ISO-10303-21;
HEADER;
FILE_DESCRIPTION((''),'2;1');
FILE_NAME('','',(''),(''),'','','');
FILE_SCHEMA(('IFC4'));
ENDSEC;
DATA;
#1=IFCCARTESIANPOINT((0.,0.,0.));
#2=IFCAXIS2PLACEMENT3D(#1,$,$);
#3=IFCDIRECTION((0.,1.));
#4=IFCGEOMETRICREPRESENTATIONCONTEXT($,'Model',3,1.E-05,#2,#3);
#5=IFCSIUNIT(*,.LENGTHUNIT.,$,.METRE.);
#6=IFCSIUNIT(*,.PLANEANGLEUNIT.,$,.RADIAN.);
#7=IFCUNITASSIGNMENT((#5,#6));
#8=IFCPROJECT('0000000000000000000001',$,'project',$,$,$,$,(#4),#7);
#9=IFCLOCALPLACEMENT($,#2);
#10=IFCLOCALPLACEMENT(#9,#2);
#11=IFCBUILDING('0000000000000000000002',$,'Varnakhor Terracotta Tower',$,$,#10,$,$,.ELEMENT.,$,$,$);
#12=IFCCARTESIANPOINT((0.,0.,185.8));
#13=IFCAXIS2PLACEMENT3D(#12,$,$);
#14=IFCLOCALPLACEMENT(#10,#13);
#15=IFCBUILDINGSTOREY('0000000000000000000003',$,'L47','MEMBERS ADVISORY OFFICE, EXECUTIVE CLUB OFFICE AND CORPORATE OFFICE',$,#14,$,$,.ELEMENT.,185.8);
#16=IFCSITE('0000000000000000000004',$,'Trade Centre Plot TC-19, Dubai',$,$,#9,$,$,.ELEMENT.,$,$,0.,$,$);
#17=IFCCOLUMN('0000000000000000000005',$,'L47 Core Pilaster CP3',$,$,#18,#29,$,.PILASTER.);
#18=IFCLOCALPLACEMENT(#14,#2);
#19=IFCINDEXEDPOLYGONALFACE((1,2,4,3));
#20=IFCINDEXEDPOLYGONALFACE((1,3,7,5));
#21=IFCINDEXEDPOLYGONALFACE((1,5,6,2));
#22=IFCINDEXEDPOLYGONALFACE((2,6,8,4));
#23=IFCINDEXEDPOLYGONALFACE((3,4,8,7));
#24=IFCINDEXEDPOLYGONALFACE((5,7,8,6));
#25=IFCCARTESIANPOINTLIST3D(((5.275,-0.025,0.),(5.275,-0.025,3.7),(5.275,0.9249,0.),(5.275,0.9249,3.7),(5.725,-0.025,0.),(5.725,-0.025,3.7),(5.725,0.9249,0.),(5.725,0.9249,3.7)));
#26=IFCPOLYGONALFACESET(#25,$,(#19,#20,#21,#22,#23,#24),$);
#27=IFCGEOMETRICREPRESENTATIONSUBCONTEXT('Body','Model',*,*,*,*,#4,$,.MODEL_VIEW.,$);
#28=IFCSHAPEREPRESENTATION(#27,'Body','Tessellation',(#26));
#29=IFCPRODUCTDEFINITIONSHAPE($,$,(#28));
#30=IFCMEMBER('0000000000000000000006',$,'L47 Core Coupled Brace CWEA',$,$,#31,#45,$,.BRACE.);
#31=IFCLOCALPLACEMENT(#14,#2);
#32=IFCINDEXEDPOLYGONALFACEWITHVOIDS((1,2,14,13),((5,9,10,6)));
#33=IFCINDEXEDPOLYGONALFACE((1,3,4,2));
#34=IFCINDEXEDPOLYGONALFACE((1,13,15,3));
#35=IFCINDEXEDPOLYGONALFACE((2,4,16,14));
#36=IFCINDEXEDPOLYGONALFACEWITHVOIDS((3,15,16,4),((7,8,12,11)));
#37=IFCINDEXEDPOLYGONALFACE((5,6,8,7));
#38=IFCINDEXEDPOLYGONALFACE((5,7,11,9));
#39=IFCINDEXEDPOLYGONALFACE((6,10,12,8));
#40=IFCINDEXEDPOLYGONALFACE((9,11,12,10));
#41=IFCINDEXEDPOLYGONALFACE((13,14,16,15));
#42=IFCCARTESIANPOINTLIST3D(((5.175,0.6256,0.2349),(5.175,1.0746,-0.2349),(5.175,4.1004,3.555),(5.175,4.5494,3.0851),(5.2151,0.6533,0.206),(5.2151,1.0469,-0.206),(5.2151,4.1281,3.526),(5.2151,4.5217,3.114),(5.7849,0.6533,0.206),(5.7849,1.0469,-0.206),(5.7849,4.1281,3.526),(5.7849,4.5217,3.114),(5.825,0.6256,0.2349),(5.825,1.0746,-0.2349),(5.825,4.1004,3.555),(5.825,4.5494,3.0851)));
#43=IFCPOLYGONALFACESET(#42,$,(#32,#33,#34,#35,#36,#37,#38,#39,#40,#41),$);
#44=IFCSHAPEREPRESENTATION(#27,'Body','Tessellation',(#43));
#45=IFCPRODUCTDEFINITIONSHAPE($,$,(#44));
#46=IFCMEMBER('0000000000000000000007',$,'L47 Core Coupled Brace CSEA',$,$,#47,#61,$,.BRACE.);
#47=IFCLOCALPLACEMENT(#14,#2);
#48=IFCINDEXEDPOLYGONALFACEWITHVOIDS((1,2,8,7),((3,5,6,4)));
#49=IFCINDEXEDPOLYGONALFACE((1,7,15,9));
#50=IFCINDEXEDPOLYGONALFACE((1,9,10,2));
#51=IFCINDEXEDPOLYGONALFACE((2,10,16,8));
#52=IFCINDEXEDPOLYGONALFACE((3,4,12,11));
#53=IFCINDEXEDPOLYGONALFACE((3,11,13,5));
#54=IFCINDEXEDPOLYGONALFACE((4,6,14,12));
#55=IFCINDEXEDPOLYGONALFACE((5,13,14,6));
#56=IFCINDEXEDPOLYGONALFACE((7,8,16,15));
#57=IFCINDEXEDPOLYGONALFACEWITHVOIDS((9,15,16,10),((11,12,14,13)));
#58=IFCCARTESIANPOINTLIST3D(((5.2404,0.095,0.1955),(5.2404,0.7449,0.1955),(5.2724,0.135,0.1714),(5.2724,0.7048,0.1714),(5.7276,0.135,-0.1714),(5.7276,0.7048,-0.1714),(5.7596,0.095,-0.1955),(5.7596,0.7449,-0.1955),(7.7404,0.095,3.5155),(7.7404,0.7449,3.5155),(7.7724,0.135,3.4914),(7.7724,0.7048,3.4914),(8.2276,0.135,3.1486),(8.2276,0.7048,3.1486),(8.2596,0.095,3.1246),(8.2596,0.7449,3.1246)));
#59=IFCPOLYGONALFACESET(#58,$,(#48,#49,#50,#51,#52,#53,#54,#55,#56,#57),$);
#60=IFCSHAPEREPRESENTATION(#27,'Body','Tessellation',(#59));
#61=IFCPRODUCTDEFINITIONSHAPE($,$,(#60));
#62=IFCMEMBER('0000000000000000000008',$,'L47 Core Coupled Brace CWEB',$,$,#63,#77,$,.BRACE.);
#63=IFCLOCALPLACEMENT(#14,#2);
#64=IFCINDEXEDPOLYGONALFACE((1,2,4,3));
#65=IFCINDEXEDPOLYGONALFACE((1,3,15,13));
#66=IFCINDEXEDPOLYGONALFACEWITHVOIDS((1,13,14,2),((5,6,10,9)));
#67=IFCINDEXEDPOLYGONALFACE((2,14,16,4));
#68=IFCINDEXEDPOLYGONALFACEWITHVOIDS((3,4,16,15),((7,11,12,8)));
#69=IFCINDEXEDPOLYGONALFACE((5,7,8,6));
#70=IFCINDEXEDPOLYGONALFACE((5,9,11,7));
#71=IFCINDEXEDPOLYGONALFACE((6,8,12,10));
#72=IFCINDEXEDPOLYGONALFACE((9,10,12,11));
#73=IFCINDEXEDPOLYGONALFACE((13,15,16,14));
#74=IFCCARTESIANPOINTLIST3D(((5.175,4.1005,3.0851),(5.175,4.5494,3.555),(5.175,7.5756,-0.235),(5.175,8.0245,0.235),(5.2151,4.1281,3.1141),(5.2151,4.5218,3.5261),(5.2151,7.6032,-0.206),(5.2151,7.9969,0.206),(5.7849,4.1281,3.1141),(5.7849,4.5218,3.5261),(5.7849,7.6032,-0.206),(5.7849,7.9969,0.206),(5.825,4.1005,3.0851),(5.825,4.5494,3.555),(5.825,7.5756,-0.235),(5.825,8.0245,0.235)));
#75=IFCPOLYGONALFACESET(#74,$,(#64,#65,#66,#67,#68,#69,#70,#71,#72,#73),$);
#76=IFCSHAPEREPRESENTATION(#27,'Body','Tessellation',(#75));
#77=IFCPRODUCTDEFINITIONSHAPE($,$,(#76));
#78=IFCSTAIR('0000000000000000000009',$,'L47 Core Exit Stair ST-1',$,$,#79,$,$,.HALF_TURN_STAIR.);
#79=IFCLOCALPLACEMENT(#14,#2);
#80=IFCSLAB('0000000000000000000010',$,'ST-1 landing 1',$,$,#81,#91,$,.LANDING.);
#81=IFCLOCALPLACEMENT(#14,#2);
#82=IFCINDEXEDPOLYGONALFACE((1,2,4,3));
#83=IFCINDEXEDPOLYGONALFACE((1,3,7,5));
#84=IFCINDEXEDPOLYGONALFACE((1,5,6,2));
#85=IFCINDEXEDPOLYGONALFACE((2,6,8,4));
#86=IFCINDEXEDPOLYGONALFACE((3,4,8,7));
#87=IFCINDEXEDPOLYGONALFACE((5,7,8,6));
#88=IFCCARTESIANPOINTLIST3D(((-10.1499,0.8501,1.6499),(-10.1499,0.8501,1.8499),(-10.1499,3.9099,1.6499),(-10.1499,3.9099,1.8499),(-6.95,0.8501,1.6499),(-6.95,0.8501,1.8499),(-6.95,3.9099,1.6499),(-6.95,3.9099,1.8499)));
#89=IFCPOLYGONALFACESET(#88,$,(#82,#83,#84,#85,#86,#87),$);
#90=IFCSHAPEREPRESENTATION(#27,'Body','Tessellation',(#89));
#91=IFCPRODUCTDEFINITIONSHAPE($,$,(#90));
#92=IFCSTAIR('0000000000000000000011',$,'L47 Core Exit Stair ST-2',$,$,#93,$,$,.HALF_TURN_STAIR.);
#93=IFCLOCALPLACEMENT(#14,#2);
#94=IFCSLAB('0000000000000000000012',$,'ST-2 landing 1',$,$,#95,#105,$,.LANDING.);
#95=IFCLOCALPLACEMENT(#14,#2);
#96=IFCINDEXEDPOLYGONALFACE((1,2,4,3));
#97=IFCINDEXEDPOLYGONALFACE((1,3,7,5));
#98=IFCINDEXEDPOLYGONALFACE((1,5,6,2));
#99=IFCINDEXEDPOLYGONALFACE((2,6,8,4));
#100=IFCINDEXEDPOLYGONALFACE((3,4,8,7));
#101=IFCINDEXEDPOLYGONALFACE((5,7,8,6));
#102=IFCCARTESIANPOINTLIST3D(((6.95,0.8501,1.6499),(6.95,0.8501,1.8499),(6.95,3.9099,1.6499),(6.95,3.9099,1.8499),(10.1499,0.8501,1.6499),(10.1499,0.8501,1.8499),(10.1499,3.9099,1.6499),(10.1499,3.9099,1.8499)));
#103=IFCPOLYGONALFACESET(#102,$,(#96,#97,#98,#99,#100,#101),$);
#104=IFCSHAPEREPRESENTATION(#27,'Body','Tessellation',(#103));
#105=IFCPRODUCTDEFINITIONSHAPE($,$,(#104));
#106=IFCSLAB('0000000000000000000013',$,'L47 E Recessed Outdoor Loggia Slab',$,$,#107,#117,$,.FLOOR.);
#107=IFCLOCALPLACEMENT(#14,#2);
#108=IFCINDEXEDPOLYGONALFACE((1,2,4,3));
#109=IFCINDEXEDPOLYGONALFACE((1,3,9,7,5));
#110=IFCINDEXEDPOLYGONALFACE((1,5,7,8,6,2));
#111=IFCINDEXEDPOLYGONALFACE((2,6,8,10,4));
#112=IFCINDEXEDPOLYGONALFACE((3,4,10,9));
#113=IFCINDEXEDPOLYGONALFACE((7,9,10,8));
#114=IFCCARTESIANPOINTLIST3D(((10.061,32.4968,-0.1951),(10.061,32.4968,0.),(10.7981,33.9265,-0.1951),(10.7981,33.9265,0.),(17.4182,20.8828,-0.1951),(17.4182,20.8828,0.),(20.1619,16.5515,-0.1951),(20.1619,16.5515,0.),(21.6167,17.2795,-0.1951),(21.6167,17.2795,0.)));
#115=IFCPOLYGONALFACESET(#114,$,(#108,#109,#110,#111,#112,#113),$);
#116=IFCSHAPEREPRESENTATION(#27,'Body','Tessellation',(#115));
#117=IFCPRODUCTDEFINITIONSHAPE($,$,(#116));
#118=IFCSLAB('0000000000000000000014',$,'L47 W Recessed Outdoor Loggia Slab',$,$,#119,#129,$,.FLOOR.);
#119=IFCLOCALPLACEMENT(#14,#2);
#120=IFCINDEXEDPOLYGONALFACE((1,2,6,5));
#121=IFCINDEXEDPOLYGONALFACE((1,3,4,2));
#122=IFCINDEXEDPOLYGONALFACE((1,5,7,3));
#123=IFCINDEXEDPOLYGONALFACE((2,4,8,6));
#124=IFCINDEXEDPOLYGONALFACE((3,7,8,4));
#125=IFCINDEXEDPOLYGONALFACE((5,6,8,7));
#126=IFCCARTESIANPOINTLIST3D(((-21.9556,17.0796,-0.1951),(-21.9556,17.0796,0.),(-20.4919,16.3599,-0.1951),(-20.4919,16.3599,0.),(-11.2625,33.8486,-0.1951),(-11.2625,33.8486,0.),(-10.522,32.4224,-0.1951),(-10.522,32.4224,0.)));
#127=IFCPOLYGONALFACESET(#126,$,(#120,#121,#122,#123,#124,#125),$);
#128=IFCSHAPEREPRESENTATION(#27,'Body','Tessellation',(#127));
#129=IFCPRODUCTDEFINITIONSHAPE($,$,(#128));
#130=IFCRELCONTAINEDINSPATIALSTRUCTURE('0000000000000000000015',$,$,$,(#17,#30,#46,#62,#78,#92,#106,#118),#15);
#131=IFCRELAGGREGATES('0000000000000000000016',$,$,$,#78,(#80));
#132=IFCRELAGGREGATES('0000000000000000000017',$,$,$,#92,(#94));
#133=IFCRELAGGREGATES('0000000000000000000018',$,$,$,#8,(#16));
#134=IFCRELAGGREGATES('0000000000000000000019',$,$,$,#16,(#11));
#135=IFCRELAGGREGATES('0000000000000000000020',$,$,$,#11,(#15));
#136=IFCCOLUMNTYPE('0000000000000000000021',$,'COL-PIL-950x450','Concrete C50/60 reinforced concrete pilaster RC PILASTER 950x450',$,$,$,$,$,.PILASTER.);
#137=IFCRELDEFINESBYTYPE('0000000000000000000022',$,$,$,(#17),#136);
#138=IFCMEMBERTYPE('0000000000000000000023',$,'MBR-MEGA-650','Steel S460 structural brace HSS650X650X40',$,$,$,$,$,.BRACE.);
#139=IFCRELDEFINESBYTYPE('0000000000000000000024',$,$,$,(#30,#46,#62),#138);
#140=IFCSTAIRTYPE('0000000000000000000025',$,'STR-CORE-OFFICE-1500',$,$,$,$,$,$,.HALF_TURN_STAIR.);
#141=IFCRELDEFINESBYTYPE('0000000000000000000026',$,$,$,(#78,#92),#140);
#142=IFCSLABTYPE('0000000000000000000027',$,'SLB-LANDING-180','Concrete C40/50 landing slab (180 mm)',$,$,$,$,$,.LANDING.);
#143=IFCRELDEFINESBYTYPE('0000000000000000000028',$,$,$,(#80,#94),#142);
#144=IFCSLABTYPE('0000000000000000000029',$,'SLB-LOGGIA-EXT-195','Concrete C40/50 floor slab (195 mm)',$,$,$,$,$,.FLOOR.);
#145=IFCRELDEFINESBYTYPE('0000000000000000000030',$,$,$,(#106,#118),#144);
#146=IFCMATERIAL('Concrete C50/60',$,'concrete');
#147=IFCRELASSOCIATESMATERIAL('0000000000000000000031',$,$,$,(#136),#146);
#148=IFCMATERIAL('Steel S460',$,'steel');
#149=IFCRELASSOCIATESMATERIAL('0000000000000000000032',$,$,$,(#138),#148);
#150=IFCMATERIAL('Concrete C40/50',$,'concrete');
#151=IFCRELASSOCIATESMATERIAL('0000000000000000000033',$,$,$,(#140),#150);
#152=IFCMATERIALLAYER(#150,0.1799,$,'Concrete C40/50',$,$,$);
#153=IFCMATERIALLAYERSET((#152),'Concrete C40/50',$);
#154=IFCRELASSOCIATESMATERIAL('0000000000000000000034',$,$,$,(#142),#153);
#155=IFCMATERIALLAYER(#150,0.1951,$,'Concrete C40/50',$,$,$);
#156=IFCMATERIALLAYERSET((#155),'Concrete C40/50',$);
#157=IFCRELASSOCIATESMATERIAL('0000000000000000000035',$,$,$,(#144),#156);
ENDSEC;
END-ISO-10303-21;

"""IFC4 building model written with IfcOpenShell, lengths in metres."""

from ifc_helpers import new_model, si_unit, direction, frame, origin, origin_2d, place, context, subcontext, project, spatial, polyline, rectangle, hollow_rectangle, outline, extrude, source, transform, mapped, material, layer, layer_set, material_profile, profile_set, type_object, element, aggregate, save


model = new_model("IFC4")

# Units and contexts
model_context = context("Model", 3, precision=1e-05, world=origin(), true_north=direction((0.0, 1.0)))
body_context = subcontext(model_context, "Body", "Model", "MODEL_VIEW")
ifc_project = project(units=[si_unit("LENGTHUNIT", "METRE"), si_unit("PLANEANGLEUNIT", "RADIAN")], contexts=[model_context])

# Site, building, storey
site_placement = place(None, origin())
site = spatial("IfcSite", under=ifc_project, at=site_placement, Name="Trade Centre Plot TC-19, Dubai", CompositionType="ELEMENT", RefElevation=0.0)
building_placement = place(site_placement, origin())
building = spatial("IfcBuilding", under=site, at=building_placement, Name="Varnakhor Terracotta Tower", CompositionType="ELEMENT")
storey_placement = place(building_placement, frame((0.0, 0.0, 185.8)))
storey = spatial("IfcBuildingStorey", under=building, at=storey_placement, Name="L47", Description="MEMBERS ADVISORY OFFICE, EXECUTIVE CLUB OFFICE AND CORPORATE OFFICE", CompositionType="ELEMENT", Elevation=185.8)

# Column
ifc_material_1 = material(Name="Concrete C50/60", Category="concrete")
ifc_material_profile_1 = material_profile(ifc_material_1, rectangle(XDim=0.45, YDim=0.95, at=origin_2d()), Name="RC PILASTER 950x450")
ifc_profile_set_1 = profile_set([ifc_material_profile_1], Name="Concrete C50/60")
column_type = type_object("IfcColumnType", Name="COL-PIL-950x450", Description="Concrete C50/60 reinforced concrete pilaster RC PILASTER 950x450", PredefinedType="PILASTER", material=ifc_profile_set_1)
shared_shape_1 = source(origin(), body_context, "Body", "SweptSolid", [
    extrude(rectangle(XDim=0.45, YDim=0.95, at=origin_2d()), origin(), (0.0, 0.0, 1.0), 3.7),
])
column_placement = place(storey_placement, frame((5.5, 0.45, 0.0), z_axis=(0.0, 0.0, 1.0), x_axis=(1.0, 0.0, 0.0)))
element("IfcColumn", 1, at=column_placement, inside=storey, type_object=column_type, Name="L47 Core Pilaster CP3", PredefinedType="PILASTER", context=body_context, shape_type="MappedRepresentation", body=[
    mapped(shared_shape_1, transform((0.0, 0.0, 0.0), scale=1.0)),
])

# Members
ifc_material_2 = material(Name="Steel S460", Category="steel")
ifc_material_profile_2 = material_profile(ifc_material_2, hollow_rectangle(XDim=0.6499, YDim=0.6499, WallThickness=0.04, at=origin_2d()), Name="HSS650X650X40")
ifc_profile_set_2 = profile_set([ifc_material_profile_2], Name="Steel S460")
member_type = type_object("IfcMemberType", Name="MBR-MEGA-650", Description="Steel S460 structural brace HSS650X650X40", PredefinedType="BRACE", material=ifc_profile_set_2)
shared_shape_2 = source(origin(), body_context, "Body", "SweptSolid", [
    extrude(hollow_rectangle(XDim=0.6499, YDim=0.6499, WallThickness=0.04, at=origin_2d()), origin(), (0.0, 0.0, 1.0), 4.8059),
])
member_1_placement = place(storey_placement, frame((5.5, 0.8501, 0.0), z_axis=(0.0, 0.723027, 0.69082), x_axis=(-1.0, 0.0, 0.0)))
element("IfcMember", 2, at=member_1_placement, inside=storey, type_object=member_type, Name="L47 Core Coupled Brace CWEA", PredefinedType="BRACE", context=body_context, shape_type="MappedRepresentation", body=[
    mapped(shared_shape_2, transform((0.0, 0.0, 0.0), scale=1.0)),
])
shared_shape_3 = source(origin(), body_context, "Body", "SweptSolid", [
    extrude(hollow_rectangle(XDim=0.6499, YDim=0.6499, WallThickness=0.04, at=origin_2d()), origin(), (0.0, 0.0, 1.0), 4.156),
])
member_2_placement = place(storey_placement, frame((5.5, 0.4199, 0.0), z_axis=(0.601531, 0.0, 0.79885), x_axis=(0.0, 1.0, 0.0)))
element("IfcMember", 3, at=member_2_placement, inside=storey, type_object=member_type, Name="L47 Core Coupled Brace CSEA", PredefinedType="BRACE", context=body_context, shape_type="MappedRepresentation", body=[
    mapped(shared_shape_3, transform((0.0, 0.0, 0.0), scale=1.0)),
])
shared_shape_4 = source(origin(), body_context, "Body", "SweptSolid", [
    extrude(hollow_rectangle(XDim=0.6499, YDim=0.6499, WallThickness=0.04, at=origin_2d()), origin(), (0.0, 0.0, 1.0), 4.8062),
])
member_3_placement = place(storey_placement, frame((5.5, 7.8, 0.0), z_axis=(0.0, -0.723051, 0.690795), x_axis=(1.0, 0.0, 0.0)))
element("IfcMember", 4, at=member_3_placement, inside=storey, type_object=member_type, Name="L47 Core Coupled Brace CWEB", PredefinedType="BRACE", context=body_context, shape_type="MappedRepresentation", body=[
    mapped(shared_shape_4, transform((0.0, 0.0, 0.0), scale=1.0)),
])

# Stairs, slabs
ifc_material_3 = material(Name="Concrete C40/50", Category="concrete")
stair_type = type_object("IfcStairType", Name="STR-CORE-OFFICE-1500", PredefinedType="HALF_TURN_STAIR", material=ifc_material_3)
stair_1_placement = place(storey_placement, origin())
stair_1 = element("IfcStair", 5, at=stair_1_placement, inside=storey, type_object=stair_type, Name="L47 Core Exit Stair ST-1", PredefinedType="HALF_TURN_STAIR")
ifc_layer_1 = layer(ifc_material_3, 0.1799, Name="Concrete C40/50")
ifc_layer_set_1 = layer_set([ifc_layer_1], Name="Concrete C40/50")
slab_type_1 = type_object("IfcSlabType", Name="SLB-LANDING-180", Description="Concrete C40/50 landing slab (180 mm)", PredefinedType="LANDING", material=ifc_layer_set_1)
slab_1_placement = place(storey_placement, frame((0.0, 0.0, 1.6499)))
slab_1 = element("IfcSlab", 6, at=slab_1_placement, type_object=slab_type_1, Name="ST-1 landing 1", PredefinedType="LANDING", context=body_context, shape_type="SweptSolid", body=[
    extrude(outline(polyline([(-10.1499, 3.9099), (-10.1499, 0.8501), (-6.95, 0.8501), (-6.95, 3.9099), (-10.1499, 3.9099)])), origin(), (0.0, 0.0, 1.0), 0.2),
])
aggregate(stair_1, [slab_1])
stair_2_placement = place(storey_placement, origin())
stair_2 = element("IfcStair", 7, at=stair_2_placement, inside=storey, type_object=stair_type, Name="L47 Core Exit Stair ST-2", PredefinedType="HALF_TURN_STAIR")
slab_2_placement = place(storey_placement, frame((0.0, 0.0, 1.6499)))
slab_2 = element("IfcSlab", 8, at=slab_2_placement, type_object=slab_type_1, Name="ST-2 landing 1", PredefinedType="LANDING", context=body_context, shape_type="SweptSolid", body=[
    extrude(outline(polyline([(6.95, 3.9099), (6.95, 0.8501), (10.1499, 0.8501), (10.1499, 3.9099), (6.95, 3.9099)])), origin(), (0.0, 0.0, 1.0), 0.2),
])

# Slabs
ifc_layer_2 = layer(ifc_material_3, 0.1951, Name="Concrete C40/50")
ifc_layer_set_2 = layer_set([ifc_layer_2], Name="Concrete C40/50")
slab_type_2 = type_object("IfcSlabType", Name="SLB-LOGGIA-EXT-195", Description="Concrete C40/50 floor slab (195 mm)", PredefinedType="FLOOR", material=ifc_layer_set_2)
slab_3_placement = place(storey_placement, frame((0.0, 0.0, -0.1951)))
element("IfcSlab", 9, at=slab_3_placement, inside=storey, type_object=slab_type_2, Name="L47 E Recessed Outdoor Loggia Slab", PredefinedType="FLOOR", context=body_context, shape_type="SweptSolid", body=[
    extrude(outline(polyline([(10.7981, 33.9265), (21.6167, 17.2795), (20.1619, 16.5515), (17.4182, 20.8828), (10.061, 32.4968), (10.7981, 33.9265)])), origin(), (0.0, 0.0, 1.0), 0.1951),
])
slab_4_placement = place(storey_placement, frame((0.0, 0.0, -0.1951)))
element("IfcSlab", 10, at=slab_4_placement, inside=storey, type_object=slab_type_2, Name="L47 W Recessed Outdoor Loggia Slab", PredefinedType="FLOOR", context=body_context, shape_type="SweptSolid", body=[
    extrude(outline(polyline([(-21.9556, 17.0796), (-11.2625, 33.8486), (-10.522, 32.4224), (-20.4919, 16.3599), (-21.9556, 17.0796)])), origin(), (0.0, 0.0, 1.0), 0.1951),
])

aggregate(stair_2, [slab_2])

save(model, "model.ifc")
